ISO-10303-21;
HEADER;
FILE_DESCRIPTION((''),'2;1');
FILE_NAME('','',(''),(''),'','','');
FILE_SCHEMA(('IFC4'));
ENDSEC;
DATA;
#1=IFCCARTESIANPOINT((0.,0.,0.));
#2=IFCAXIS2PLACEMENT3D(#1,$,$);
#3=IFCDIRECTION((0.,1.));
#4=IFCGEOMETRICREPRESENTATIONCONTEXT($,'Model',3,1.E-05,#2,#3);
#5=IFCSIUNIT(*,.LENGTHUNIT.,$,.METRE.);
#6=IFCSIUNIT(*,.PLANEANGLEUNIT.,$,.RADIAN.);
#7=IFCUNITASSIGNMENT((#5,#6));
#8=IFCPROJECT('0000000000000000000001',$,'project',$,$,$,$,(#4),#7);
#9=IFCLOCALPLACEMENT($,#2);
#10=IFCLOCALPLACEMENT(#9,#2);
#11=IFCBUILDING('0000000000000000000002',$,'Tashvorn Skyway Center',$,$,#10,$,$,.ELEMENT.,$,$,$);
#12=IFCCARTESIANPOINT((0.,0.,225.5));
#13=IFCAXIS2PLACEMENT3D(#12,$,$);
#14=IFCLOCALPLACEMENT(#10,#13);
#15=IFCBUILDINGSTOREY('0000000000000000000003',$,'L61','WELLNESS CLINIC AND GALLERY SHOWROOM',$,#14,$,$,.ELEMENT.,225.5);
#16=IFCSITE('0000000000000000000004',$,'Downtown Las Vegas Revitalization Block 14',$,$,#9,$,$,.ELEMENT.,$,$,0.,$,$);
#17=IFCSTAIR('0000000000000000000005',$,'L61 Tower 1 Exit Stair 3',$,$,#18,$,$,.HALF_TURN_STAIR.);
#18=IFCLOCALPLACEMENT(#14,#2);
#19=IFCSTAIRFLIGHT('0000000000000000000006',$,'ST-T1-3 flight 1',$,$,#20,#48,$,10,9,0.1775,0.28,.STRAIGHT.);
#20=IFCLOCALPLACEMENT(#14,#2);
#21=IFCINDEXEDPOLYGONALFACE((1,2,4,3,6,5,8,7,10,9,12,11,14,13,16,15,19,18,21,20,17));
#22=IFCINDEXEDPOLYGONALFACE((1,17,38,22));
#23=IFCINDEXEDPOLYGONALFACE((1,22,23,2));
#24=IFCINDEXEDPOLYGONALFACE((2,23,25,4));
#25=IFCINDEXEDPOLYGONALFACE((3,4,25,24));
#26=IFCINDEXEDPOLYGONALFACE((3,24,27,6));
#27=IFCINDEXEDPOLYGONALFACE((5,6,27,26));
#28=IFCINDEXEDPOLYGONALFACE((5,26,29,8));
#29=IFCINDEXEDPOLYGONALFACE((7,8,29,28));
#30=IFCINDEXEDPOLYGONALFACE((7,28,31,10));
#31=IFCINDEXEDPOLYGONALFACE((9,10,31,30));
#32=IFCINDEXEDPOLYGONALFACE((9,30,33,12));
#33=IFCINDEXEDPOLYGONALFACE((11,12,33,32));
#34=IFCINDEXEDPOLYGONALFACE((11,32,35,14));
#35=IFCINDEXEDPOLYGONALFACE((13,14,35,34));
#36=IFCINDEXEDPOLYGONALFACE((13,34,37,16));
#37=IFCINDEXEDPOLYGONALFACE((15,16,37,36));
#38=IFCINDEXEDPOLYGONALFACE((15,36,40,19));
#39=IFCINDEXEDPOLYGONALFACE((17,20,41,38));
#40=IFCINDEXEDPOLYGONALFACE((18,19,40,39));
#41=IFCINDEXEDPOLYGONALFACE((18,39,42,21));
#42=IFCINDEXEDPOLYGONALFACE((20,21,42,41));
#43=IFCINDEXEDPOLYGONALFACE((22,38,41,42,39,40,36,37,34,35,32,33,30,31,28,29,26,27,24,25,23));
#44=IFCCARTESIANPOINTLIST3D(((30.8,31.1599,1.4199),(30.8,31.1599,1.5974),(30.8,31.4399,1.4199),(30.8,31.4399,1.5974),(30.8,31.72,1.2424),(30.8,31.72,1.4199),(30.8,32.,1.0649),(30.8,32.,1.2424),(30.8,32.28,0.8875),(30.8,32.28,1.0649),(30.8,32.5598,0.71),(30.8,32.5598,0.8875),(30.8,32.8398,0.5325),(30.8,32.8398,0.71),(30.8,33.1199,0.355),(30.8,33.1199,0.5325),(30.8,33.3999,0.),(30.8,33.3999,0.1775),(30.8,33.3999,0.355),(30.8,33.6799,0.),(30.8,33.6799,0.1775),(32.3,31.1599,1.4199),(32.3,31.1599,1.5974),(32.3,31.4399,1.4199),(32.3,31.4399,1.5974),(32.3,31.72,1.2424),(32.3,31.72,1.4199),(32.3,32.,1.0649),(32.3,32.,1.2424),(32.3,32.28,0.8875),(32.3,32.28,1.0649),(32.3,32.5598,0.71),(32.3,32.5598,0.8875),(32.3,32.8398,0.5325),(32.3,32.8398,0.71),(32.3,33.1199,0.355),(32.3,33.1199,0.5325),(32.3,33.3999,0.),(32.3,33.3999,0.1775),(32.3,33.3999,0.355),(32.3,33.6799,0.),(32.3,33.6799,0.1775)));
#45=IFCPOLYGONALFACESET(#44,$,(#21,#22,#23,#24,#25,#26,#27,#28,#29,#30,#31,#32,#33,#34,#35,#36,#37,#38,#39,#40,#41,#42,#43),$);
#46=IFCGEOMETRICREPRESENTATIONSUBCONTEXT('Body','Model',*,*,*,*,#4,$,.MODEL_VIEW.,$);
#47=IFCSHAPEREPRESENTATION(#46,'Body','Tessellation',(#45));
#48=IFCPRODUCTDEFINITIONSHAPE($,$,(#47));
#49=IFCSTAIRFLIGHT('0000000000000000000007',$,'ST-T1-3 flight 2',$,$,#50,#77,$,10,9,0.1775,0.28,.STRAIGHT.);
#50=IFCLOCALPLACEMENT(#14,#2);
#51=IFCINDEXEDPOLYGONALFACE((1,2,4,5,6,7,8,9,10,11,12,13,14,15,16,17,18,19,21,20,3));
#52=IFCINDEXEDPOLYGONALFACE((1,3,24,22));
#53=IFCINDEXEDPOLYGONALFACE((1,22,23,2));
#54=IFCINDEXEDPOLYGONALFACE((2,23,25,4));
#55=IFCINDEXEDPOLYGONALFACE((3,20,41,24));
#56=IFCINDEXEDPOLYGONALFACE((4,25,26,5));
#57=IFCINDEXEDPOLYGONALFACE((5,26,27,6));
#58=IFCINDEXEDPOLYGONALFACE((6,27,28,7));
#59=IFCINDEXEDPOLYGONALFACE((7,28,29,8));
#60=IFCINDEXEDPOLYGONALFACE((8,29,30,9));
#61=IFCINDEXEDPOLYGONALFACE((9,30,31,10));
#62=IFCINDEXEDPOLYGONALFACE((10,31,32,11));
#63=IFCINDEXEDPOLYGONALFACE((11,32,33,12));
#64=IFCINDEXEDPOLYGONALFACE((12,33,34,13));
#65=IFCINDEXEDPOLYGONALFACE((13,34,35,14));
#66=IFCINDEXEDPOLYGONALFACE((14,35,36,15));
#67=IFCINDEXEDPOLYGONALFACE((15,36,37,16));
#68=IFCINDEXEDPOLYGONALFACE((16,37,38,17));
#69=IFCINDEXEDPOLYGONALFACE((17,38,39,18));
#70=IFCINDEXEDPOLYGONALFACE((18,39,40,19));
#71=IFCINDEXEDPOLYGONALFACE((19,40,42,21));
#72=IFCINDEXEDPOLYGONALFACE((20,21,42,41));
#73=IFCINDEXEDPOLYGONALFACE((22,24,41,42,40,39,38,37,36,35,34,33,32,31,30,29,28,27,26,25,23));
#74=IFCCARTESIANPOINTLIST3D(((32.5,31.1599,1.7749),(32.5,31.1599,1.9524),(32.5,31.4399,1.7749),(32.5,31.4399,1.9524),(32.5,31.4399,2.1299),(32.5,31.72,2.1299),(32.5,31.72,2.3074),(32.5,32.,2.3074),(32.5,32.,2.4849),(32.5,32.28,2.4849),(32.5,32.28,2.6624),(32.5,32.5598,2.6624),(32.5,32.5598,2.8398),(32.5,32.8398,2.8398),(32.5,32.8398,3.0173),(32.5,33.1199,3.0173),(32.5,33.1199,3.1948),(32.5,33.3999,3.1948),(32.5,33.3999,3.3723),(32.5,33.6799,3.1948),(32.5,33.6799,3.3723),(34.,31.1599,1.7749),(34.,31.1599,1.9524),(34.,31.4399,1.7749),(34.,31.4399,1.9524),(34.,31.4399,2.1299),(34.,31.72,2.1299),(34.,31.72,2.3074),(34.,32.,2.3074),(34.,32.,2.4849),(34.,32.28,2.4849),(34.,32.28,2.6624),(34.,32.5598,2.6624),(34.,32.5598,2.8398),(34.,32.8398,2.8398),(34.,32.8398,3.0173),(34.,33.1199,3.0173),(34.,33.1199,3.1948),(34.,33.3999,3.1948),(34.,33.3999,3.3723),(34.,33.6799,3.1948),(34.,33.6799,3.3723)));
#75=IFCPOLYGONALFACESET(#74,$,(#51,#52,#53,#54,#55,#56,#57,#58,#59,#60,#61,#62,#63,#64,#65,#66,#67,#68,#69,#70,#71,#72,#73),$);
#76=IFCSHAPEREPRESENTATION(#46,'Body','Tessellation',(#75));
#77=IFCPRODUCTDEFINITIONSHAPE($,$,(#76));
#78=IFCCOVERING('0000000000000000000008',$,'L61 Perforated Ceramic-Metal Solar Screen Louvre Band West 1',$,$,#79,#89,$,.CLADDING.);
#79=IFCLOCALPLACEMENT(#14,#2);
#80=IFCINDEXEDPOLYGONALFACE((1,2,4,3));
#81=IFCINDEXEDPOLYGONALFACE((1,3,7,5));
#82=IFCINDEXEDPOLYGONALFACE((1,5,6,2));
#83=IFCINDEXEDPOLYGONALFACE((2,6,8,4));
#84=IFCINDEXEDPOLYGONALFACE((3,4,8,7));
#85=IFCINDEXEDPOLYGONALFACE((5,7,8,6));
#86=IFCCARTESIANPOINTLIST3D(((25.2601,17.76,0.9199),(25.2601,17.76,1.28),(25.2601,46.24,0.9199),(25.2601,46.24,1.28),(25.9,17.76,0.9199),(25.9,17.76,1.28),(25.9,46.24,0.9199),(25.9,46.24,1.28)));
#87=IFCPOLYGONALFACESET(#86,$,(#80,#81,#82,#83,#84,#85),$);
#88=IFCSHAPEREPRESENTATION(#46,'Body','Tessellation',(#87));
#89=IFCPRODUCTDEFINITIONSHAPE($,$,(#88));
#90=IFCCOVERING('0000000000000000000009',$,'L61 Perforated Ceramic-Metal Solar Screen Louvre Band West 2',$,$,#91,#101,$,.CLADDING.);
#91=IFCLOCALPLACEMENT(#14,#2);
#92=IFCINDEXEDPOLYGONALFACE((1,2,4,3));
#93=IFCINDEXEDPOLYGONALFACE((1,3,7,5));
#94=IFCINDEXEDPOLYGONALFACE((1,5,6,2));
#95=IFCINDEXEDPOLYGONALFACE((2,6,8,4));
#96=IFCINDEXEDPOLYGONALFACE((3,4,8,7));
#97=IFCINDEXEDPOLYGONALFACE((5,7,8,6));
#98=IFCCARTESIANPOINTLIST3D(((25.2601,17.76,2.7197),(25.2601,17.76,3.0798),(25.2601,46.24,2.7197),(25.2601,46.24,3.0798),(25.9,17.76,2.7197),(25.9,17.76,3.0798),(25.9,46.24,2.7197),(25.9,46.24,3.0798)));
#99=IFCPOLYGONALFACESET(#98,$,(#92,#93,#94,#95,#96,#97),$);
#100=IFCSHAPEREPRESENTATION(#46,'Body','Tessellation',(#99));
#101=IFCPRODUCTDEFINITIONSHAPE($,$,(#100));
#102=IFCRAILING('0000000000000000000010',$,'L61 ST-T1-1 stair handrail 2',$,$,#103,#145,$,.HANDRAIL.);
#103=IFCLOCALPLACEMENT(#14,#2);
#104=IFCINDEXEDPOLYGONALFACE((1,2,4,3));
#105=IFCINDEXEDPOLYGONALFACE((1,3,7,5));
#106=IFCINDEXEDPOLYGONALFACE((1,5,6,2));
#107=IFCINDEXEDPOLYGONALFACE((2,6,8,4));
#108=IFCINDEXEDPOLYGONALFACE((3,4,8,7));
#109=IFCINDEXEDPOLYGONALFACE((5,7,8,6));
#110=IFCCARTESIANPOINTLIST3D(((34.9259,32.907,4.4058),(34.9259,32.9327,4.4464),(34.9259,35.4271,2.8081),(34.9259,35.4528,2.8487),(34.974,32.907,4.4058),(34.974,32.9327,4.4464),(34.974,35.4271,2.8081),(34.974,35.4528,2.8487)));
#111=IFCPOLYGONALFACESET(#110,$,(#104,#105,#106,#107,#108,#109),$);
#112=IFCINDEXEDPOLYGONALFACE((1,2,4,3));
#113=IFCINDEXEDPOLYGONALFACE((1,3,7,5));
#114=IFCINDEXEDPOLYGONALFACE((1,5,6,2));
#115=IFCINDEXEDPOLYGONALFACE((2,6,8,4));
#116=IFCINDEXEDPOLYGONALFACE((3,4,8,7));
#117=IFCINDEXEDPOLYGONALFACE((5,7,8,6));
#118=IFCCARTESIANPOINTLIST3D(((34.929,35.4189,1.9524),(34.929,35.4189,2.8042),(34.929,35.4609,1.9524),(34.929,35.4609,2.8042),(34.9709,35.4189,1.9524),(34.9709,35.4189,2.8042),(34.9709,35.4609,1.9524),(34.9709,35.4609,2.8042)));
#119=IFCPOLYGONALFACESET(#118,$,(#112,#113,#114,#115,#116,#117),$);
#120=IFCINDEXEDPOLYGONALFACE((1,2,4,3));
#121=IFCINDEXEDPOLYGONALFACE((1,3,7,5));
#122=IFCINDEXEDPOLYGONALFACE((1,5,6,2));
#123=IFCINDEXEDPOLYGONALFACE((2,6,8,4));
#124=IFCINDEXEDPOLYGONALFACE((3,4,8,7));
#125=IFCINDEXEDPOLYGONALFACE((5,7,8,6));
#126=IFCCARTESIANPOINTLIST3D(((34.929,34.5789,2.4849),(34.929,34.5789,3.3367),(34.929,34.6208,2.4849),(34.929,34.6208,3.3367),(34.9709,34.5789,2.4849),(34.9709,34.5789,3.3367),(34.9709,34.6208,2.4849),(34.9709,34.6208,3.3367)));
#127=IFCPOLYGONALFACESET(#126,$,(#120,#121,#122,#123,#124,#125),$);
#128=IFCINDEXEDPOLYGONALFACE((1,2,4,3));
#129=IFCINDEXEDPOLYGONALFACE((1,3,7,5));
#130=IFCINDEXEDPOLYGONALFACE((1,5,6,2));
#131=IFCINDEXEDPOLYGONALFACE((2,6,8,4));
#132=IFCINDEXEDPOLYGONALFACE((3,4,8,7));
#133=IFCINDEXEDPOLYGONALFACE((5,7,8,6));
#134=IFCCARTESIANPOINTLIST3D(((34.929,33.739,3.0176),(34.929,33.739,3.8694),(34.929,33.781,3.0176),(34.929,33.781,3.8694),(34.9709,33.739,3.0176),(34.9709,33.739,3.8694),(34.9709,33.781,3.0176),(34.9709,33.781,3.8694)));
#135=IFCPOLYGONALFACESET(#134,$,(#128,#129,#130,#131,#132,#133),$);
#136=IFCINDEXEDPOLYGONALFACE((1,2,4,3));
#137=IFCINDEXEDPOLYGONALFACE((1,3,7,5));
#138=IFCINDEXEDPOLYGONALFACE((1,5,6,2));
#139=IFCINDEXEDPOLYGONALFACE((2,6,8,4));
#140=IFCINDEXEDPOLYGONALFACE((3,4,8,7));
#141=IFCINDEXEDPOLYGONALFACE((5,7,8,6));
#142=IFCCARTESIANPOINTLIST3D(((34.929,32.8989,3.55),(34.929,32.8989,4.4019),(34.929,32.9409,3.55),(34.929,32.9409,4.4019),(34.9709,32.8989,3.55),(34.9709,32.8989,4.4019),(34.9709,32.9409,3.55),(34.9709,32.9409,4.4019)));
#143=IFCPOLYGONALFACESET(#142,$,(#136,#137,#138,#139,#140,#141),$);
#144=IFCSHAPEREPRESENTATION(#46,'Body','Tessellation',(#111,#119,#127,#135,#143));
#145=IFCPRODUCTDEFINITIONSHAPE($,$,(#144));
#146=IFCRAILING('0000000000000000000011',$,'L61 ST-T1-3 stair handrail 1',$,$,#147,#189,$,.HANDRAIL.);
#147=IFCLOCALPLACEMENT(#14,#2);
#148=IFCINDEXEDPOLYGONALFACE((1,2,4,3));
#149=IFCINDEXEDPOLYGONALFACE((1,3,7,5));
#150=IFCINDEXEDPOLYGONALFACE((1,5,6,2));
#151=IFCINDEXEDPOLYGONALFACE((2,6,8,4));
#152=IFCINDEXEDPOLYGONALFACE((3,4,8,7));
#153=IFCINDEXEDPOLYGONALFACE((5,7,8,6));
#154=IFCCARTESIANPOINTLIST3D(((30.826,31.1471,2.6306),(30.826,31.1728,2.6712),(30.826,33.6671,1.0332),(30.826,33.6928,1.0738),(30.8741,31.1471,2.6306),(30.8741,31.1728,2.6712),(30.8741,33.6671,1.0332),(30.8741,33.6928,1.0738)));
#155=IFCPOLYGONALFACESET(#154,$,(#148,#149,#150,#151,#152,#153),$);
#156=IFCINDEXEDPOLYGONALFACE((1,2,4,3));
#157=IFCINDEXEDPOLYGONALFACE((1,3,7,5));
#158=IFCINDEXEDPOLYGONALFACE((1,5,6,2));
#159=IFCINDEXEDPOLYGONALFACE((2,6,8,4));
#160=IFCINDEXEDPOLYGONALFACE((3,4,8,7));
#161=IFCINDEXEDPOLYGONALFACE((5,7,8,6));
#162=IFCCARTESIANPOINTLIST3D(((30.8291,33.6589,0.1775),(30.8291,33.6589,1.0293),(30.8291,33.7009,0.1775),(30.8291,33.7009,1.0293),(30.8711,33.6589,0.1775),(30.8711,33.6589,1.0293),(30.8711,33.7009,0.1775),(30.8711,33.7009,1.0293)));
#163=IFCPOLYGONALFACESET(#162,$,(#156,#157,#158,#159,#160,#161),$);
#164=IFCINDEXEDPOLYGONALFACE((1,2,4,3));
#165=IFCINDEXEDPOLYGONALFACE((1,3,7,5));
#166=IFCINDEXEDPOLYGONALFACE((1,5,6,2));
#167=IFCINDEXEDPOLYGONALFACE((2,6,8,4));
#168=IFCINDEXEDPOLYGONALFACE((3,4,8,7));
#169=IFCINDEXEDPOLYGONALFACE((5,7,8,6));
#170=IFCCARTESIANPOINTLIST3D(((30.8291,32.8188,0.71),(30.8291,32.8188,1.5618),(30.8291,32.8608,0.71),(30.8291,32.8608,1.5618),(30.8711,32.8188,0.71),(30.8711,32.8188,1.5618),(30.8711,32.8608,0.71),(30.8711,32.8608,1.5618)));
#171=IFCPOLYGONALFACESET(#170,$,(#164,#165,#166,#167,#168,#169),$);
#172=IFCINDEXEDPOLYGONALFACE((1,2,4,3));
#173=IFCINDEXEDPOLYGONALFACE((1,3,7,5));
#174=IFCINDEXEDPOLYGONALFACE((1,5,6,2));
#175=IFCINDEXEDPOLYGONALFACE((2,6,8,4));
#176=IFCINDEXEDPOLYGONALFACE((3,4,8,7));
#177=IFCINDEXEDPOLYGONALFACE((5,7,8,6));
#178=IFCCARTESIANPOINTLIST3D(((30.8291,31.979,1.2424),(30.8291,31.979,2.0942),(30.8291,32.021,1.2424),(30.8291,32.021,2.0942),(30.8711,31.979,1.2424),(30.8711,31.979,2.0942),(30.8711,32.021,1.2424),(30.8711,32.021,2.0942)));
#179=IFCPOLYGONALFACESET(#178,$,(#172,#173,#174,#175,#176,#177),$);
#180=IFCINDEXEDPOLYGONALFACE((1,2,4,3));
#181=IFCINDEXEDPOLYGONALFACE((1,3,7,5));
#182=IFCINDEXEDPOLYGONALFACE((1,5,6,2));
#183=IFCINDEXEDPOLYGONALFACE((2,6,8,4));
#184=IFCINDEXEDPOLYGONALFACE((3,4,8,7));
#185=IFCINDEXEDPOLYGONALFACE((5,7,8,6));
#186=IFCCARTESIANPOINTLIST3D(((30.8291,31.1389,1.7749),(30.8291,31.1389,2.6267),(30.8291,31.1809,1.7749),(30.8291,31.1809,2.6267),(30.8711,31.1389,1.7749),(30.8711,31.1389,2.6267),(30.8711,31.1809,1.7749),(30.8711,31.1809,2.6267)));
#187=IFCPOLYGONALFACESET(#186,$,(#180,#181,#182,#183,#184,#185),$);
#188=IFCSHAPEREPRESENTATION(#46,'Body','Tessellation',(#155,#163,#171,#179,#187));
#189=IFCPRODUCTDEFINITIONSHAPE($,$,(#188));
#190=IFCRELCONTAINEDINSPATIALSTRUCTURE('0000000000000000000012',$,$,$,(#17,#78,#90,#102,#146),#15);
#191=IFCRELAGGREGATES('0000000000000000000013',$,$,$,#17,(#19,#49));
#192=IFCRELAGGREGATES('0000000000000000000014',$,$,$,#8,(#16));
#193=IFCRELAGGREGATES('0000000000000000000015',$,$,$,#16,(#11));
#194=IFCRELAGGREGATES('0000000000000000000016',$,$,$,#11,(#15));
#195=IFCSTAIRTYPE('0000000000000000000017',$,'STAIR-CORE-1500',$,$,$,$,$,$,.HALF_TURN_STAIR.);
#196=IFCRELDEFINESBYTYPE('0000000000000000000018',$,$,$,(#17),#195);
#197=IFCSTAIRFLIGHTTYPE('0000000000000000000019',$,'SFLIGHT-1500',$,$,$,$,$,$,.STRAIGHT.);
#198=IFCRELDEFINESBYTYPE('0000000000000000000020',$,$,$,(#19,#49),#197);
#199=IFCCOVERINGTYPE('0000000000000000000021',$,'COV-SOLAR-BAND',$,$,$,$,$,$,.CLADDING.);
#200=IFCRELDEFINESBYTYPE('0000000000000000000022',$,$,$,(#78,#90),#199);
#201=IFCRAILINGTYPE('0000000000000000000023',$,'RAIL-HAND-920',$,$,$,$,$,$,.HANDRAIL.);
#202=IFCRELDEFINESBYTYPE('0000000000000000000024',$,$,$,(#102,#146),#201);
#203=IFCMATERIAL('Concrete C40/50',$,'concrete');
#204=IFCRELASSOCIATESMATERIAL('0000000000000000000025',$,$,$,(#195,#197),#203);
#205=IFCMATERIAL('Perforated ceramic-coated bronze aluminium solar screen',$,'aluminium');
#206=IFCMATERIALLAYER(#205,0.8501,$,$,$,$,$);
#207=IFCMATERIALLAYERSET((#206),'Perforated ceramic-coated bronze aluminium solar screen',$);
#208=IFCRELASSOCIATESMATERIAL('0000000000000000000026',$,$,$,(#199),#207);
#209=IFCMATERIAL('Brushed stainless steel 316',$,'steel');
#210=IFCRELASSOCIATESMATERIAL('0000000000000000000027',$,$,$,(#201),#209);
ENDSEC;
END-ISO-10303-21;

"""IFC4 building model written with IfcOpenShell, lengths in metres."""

from ifc_helpers import new_model, si_unit, direction, frame, origin, origin_2d, place, context, subcontext, project, spatial, polyline, rectangle, outline, extrude, material, layer, layer_set, type_object, element, aggregate, save


model = new_model("IFC4")

# Units and contexts
model_context = context("Model", 3, precision=1e-05, world=origin(), true_north=direction((0.0, 1.0)))
body_context = subcontext(model_context, "Body", "Model", "MODEL_VIEW")
ifc_project = project(units=[si_unit("LENGTHUNIT", "METRE"), si_unit("PLANEANGLEUNIT", "RADIAN")], contexts=[model_context])

# Site, building, storey
site_placement = place(None, origin())
site = spatial("IfcSite", under=ifc_project, at=site_placement, Name="Downtown Las Vegas Revitalization Block 14", CompositionType="ELEMENT", RefElevation=0.0)
building_placement = place(site_placement, origin())
building = spatial("IfcBuilding", under=site, at=building_placement, Name="Tashvorn Skyway Center", CompositionType="ELEMENT")
storey_placement = place(building_placement, frame((0.0, 0.0, 225.5)))
storey = spatial("IfcBuildingStorey", under=building, at=storey_placement, Name="L61", Description="WELLNESS CLINIC AND GALLERY SHOWROOM", CompositionType="ELEMENT", Elevation=225.5)

# Shared definitions
ifc_material_1 = material(Name="Concrete C40/50", Category="concrete")

# Shared definitions
stair_type = type_object("IfcStairType", Name="STAIR-CORE-1500", PredefinedType="HALF_TURN_STAIR", material=ifc_material_1)
stair_flight_type = type_object("IfcStairFlightType", Name="SFLIGHT-1500", PredefinedType="STRAIGHT", material=ifc_material_1)

# Stair, stair flights
stair_1_placement = place(storey_placement, origin())
stair_1 = element("IfcStair", 1, at=stair_1_placement, inside=storey, type_object=stair_type, Name="L61 Tower 1 Exit Stair 3", PredefinedType="HALF_TURN_STAIR")
stair_flight_1_placement = place(storey_placement, frame((31.55, 33.6799, 0.0), z_axis=(0.0, 0.0, 1.0), x_axis=(0.0, -1.0, 0.0)))
stair_flight_1 = element("IfcStairFlight", 2, at=stair_flight_1_placement, type_object=stair_flight_type, Name="ST-T1-3 flight 1", NumberOfRisers=10, NumberOfTreads=9, PredefinedType="STRAIGHT", RiserHeight=0.1775, TreadLength=0.28, context=body_context, shape_type="SweptSolid", body=[
    extrude(outline(polyline([(0.0, 0.0), (0.0, 0.1775), (0.28, 0.1775), (0.28, 0.355), (0.5601, 0.355), (0.5601, 0.5325), (0.8401, 0.5325), (0.8401, 0.71), (1.1201, 0.71), (1.1201, 0.8875), (1.3999, 0.8875), (1.3999, 1.0649), (1.6799, 1.0649), (1.6799, 1.2424), (1.96, 1.2424), (1.96, 1.4199), (2.24, 1.4199), (2.24, 1.5974), (2.52, 1.5974), (2.52, 1.7749), (2.52, 1.4199), (0.28, 0.0), (0.0, 0.0)])), frame((0.0, 0.75, 0.0), z_axis=(0.0, -1.0, 0.0), x_axis=(1.0, 0.0, 0.0)), (0.0, 0.0, 1.0), 1.5),
])
stair_flight_2_placement = place(storey_placement, frame((33.25, 31.1599, 1.7749), z_axis=(0.0, 0.0, 1.0), x_axis=(0.0, 1.0, 0.0)))
stair_flight_2 = element("IfcStairFlight", 3, at=stair_flight_2_placement, type_object=stair_flight_type, Name="ST-T1-3 flight 2", NumberOfRisers=10, NumberOfTreads=9, PredefinedType="STRAIGHT", RiserHeight=0.1775, TreadLength=0.28, context=body_context, shape_type="SweptSolid", body=[
    extrude(outline(polyline([(0.0, 0.0), (0.0, 0.1775), (0.28, 0.1775), (0.28, 0.355), (0.5601, 0.355), (0.5601, 0.5325), (0.8401, 0.5325), (0.8401, 0.71), (1.1201, 0.71), (1.1201, 0.8875), (1.3999, 0.8875), (1.3999, 1.0649), (1.6799, 1.0649), (1.6799, 1.2424), (1.96, 1.2424), (1.96, 1.4199), (2.24, 1.4199), (2.24, 1.5974), (2.52, 1.5974), (2.52, 1.7749), (2.52, 1.4199), (0.28, 0.0), (0.0, 0.0)])), frame((0.0, 0.75, 0.0), z_axis=(0.0, -1.0, 0.0), x_axis=(1.0, 0.0, 0.0)), (0.0, 0.0, 1.0), 1.5),
])
aggregate(stair_1, [stair_flight_1, stair_flight_2])

# Coverings
ifc_material_2 = material(Name="Perforated ceramic-coated bronze aluminium solar screen", Category="aluminium")
ifc_layer_1 = layer(ifc_material_2, 0.8501)
ifc_layer_set_1 = layer_set([ifc_layer_1], Name="Perforated ceramic-coated bronze aluminium solar screen")
covering_type = type_object("IfcCoveringType", Name="COV-SOLAR-BAND", PredefinedType="CLADDING", material=ifc_layer_set_1)
for number, where, z_axis, x_axis, name in (
    (4, (25.5801, 32.0, 0.9199), (0.0, 0.0, 1.0), (0.0, 1.0, 0.0), "L61 Perforated Ceramic-Metal Solar Screen Louvre Band West 1"),
    (5, (25.5801, 32.0, 2.7197), (0.0, 0.0, 1.0), (0.0, 1.0, 0.0), "L61 Perforated Ceramic-Metal Solar Screen Louvre Band West 2"),
):
    element("IfcCovering", number, at=place(storey_placement, frame(where, z_axis=z_axis, x_axis=x_axis)), inside=storey, type_object=covering_type, Name=name, PredefinedType="CLADDING", context=body_context, shape_type="SweptSolid", body=[
        extrude(rectangle(XDim=28.48, YDim=0.6399, at=origin_2d()), origin(), (0.0, 0.0, 1.0), 0.3601),
    ])

# Railings
ifc_material_3 = material(Name="Brushed stainless steel 316", Category="steel")
railing_type_1 = type_object("IfcRailingType", Name="RAIL-HAND-920", PredefinedType="HANDRAIL", material=ifc_material_3)
railing_1_placement = place(storey_placement, frame((34.95, 35.4399, 1.9524)))
element("IfcRailing", 6, at=railing_1_placement, inside=storey, type_object=railing_type_1, Name="L61 ST-T1-1 stair handrail 2", PredefinedType="HANDRAIL", context=body_context, shape_type="SweptSolid", body=[
    extrude(rectangle(XDim=0.0481, YDim=0.0481, at=origin_2d()), frame((0.0, 0.0, 0.876), z_axis=(0.0, -0.84457, 0.535445), x_axis=(1.0, 0.0, 0.0)), (0.0, 0.0, 1.0), 2.9839),
    extrude(rectangle(XDim=0.042, YDim=0.042, at=origin_2d()), origin(), (0.0, 0.0, 1.0), 0.8518),
    extrude(rectangle(XDim=0.042, YDim=0.042, at=origin_2d()), frame((0.0, -0.8401, 0.5325)), (0.0, 0.0, 1.0), 0.8518),
    extrude(rectangle(XDim=0.042, YDim=0.042, at=origin_2d()), frame((0.0, -1.6799, 1.0652)), (0.0, 0.0, 1.0), 0.8518),
    extrude(rectangle(XDim=0.042, YDim=0.042, at=origin_2d()), frame((0.0, -2.52, 1.5977)), (0.0, 0.0, 1.0), 0.8518),
])
railing_2_placement = place(storey_placement, frame((30.8501, 33.6799, 0.1775)))
element("IfcRailing", 7, at=railing_2_placement, inside=storey, type_object=railing_type_1, Name="L61 ST-T1-3 stair handrail 1", PredefinedType="HANDRAIL", context=body_context, shape_type="SweptSolid", body=[
    extrude(rectangle(XDim=0.0481, YDim=0.0481, at=origin_2d()), frame((0.0, 0.0, 0.876), z_axis=(0.0, -0.844607, 0.535387), x_axis=(1.0, 0.0, 0.0)), (0.0, 0.0, 1.0), 2.9836),
    extrude(rectangle(XDim=0.042, YDim=0.042, at=origin_2d()), origin(), (0.0, 0.0, 1.0), 0.8518),
    extrude(rectangle(XDim=0.042, YDim=0.042, at=origin_2d()), frame((0.0, -0.8401, 0.5325)), (0.0, 0.0, 1.0), 0.8518),
    extrude(rectangle(XDim=0.042, YDim=0.042, at=origin_2d()), frame((0.0, -1.6799, 1.0649)), (0.0, 0.0, 1.0), 0.8518),
    extrude(rectangle(XDim=0.042, YDim=0.042, at=origin_2d()), frame((0.0, -2.52, 1.5974)), (0.0, 0.0, 1.0), 0.8518),
])

save(model, "model.ifc")
